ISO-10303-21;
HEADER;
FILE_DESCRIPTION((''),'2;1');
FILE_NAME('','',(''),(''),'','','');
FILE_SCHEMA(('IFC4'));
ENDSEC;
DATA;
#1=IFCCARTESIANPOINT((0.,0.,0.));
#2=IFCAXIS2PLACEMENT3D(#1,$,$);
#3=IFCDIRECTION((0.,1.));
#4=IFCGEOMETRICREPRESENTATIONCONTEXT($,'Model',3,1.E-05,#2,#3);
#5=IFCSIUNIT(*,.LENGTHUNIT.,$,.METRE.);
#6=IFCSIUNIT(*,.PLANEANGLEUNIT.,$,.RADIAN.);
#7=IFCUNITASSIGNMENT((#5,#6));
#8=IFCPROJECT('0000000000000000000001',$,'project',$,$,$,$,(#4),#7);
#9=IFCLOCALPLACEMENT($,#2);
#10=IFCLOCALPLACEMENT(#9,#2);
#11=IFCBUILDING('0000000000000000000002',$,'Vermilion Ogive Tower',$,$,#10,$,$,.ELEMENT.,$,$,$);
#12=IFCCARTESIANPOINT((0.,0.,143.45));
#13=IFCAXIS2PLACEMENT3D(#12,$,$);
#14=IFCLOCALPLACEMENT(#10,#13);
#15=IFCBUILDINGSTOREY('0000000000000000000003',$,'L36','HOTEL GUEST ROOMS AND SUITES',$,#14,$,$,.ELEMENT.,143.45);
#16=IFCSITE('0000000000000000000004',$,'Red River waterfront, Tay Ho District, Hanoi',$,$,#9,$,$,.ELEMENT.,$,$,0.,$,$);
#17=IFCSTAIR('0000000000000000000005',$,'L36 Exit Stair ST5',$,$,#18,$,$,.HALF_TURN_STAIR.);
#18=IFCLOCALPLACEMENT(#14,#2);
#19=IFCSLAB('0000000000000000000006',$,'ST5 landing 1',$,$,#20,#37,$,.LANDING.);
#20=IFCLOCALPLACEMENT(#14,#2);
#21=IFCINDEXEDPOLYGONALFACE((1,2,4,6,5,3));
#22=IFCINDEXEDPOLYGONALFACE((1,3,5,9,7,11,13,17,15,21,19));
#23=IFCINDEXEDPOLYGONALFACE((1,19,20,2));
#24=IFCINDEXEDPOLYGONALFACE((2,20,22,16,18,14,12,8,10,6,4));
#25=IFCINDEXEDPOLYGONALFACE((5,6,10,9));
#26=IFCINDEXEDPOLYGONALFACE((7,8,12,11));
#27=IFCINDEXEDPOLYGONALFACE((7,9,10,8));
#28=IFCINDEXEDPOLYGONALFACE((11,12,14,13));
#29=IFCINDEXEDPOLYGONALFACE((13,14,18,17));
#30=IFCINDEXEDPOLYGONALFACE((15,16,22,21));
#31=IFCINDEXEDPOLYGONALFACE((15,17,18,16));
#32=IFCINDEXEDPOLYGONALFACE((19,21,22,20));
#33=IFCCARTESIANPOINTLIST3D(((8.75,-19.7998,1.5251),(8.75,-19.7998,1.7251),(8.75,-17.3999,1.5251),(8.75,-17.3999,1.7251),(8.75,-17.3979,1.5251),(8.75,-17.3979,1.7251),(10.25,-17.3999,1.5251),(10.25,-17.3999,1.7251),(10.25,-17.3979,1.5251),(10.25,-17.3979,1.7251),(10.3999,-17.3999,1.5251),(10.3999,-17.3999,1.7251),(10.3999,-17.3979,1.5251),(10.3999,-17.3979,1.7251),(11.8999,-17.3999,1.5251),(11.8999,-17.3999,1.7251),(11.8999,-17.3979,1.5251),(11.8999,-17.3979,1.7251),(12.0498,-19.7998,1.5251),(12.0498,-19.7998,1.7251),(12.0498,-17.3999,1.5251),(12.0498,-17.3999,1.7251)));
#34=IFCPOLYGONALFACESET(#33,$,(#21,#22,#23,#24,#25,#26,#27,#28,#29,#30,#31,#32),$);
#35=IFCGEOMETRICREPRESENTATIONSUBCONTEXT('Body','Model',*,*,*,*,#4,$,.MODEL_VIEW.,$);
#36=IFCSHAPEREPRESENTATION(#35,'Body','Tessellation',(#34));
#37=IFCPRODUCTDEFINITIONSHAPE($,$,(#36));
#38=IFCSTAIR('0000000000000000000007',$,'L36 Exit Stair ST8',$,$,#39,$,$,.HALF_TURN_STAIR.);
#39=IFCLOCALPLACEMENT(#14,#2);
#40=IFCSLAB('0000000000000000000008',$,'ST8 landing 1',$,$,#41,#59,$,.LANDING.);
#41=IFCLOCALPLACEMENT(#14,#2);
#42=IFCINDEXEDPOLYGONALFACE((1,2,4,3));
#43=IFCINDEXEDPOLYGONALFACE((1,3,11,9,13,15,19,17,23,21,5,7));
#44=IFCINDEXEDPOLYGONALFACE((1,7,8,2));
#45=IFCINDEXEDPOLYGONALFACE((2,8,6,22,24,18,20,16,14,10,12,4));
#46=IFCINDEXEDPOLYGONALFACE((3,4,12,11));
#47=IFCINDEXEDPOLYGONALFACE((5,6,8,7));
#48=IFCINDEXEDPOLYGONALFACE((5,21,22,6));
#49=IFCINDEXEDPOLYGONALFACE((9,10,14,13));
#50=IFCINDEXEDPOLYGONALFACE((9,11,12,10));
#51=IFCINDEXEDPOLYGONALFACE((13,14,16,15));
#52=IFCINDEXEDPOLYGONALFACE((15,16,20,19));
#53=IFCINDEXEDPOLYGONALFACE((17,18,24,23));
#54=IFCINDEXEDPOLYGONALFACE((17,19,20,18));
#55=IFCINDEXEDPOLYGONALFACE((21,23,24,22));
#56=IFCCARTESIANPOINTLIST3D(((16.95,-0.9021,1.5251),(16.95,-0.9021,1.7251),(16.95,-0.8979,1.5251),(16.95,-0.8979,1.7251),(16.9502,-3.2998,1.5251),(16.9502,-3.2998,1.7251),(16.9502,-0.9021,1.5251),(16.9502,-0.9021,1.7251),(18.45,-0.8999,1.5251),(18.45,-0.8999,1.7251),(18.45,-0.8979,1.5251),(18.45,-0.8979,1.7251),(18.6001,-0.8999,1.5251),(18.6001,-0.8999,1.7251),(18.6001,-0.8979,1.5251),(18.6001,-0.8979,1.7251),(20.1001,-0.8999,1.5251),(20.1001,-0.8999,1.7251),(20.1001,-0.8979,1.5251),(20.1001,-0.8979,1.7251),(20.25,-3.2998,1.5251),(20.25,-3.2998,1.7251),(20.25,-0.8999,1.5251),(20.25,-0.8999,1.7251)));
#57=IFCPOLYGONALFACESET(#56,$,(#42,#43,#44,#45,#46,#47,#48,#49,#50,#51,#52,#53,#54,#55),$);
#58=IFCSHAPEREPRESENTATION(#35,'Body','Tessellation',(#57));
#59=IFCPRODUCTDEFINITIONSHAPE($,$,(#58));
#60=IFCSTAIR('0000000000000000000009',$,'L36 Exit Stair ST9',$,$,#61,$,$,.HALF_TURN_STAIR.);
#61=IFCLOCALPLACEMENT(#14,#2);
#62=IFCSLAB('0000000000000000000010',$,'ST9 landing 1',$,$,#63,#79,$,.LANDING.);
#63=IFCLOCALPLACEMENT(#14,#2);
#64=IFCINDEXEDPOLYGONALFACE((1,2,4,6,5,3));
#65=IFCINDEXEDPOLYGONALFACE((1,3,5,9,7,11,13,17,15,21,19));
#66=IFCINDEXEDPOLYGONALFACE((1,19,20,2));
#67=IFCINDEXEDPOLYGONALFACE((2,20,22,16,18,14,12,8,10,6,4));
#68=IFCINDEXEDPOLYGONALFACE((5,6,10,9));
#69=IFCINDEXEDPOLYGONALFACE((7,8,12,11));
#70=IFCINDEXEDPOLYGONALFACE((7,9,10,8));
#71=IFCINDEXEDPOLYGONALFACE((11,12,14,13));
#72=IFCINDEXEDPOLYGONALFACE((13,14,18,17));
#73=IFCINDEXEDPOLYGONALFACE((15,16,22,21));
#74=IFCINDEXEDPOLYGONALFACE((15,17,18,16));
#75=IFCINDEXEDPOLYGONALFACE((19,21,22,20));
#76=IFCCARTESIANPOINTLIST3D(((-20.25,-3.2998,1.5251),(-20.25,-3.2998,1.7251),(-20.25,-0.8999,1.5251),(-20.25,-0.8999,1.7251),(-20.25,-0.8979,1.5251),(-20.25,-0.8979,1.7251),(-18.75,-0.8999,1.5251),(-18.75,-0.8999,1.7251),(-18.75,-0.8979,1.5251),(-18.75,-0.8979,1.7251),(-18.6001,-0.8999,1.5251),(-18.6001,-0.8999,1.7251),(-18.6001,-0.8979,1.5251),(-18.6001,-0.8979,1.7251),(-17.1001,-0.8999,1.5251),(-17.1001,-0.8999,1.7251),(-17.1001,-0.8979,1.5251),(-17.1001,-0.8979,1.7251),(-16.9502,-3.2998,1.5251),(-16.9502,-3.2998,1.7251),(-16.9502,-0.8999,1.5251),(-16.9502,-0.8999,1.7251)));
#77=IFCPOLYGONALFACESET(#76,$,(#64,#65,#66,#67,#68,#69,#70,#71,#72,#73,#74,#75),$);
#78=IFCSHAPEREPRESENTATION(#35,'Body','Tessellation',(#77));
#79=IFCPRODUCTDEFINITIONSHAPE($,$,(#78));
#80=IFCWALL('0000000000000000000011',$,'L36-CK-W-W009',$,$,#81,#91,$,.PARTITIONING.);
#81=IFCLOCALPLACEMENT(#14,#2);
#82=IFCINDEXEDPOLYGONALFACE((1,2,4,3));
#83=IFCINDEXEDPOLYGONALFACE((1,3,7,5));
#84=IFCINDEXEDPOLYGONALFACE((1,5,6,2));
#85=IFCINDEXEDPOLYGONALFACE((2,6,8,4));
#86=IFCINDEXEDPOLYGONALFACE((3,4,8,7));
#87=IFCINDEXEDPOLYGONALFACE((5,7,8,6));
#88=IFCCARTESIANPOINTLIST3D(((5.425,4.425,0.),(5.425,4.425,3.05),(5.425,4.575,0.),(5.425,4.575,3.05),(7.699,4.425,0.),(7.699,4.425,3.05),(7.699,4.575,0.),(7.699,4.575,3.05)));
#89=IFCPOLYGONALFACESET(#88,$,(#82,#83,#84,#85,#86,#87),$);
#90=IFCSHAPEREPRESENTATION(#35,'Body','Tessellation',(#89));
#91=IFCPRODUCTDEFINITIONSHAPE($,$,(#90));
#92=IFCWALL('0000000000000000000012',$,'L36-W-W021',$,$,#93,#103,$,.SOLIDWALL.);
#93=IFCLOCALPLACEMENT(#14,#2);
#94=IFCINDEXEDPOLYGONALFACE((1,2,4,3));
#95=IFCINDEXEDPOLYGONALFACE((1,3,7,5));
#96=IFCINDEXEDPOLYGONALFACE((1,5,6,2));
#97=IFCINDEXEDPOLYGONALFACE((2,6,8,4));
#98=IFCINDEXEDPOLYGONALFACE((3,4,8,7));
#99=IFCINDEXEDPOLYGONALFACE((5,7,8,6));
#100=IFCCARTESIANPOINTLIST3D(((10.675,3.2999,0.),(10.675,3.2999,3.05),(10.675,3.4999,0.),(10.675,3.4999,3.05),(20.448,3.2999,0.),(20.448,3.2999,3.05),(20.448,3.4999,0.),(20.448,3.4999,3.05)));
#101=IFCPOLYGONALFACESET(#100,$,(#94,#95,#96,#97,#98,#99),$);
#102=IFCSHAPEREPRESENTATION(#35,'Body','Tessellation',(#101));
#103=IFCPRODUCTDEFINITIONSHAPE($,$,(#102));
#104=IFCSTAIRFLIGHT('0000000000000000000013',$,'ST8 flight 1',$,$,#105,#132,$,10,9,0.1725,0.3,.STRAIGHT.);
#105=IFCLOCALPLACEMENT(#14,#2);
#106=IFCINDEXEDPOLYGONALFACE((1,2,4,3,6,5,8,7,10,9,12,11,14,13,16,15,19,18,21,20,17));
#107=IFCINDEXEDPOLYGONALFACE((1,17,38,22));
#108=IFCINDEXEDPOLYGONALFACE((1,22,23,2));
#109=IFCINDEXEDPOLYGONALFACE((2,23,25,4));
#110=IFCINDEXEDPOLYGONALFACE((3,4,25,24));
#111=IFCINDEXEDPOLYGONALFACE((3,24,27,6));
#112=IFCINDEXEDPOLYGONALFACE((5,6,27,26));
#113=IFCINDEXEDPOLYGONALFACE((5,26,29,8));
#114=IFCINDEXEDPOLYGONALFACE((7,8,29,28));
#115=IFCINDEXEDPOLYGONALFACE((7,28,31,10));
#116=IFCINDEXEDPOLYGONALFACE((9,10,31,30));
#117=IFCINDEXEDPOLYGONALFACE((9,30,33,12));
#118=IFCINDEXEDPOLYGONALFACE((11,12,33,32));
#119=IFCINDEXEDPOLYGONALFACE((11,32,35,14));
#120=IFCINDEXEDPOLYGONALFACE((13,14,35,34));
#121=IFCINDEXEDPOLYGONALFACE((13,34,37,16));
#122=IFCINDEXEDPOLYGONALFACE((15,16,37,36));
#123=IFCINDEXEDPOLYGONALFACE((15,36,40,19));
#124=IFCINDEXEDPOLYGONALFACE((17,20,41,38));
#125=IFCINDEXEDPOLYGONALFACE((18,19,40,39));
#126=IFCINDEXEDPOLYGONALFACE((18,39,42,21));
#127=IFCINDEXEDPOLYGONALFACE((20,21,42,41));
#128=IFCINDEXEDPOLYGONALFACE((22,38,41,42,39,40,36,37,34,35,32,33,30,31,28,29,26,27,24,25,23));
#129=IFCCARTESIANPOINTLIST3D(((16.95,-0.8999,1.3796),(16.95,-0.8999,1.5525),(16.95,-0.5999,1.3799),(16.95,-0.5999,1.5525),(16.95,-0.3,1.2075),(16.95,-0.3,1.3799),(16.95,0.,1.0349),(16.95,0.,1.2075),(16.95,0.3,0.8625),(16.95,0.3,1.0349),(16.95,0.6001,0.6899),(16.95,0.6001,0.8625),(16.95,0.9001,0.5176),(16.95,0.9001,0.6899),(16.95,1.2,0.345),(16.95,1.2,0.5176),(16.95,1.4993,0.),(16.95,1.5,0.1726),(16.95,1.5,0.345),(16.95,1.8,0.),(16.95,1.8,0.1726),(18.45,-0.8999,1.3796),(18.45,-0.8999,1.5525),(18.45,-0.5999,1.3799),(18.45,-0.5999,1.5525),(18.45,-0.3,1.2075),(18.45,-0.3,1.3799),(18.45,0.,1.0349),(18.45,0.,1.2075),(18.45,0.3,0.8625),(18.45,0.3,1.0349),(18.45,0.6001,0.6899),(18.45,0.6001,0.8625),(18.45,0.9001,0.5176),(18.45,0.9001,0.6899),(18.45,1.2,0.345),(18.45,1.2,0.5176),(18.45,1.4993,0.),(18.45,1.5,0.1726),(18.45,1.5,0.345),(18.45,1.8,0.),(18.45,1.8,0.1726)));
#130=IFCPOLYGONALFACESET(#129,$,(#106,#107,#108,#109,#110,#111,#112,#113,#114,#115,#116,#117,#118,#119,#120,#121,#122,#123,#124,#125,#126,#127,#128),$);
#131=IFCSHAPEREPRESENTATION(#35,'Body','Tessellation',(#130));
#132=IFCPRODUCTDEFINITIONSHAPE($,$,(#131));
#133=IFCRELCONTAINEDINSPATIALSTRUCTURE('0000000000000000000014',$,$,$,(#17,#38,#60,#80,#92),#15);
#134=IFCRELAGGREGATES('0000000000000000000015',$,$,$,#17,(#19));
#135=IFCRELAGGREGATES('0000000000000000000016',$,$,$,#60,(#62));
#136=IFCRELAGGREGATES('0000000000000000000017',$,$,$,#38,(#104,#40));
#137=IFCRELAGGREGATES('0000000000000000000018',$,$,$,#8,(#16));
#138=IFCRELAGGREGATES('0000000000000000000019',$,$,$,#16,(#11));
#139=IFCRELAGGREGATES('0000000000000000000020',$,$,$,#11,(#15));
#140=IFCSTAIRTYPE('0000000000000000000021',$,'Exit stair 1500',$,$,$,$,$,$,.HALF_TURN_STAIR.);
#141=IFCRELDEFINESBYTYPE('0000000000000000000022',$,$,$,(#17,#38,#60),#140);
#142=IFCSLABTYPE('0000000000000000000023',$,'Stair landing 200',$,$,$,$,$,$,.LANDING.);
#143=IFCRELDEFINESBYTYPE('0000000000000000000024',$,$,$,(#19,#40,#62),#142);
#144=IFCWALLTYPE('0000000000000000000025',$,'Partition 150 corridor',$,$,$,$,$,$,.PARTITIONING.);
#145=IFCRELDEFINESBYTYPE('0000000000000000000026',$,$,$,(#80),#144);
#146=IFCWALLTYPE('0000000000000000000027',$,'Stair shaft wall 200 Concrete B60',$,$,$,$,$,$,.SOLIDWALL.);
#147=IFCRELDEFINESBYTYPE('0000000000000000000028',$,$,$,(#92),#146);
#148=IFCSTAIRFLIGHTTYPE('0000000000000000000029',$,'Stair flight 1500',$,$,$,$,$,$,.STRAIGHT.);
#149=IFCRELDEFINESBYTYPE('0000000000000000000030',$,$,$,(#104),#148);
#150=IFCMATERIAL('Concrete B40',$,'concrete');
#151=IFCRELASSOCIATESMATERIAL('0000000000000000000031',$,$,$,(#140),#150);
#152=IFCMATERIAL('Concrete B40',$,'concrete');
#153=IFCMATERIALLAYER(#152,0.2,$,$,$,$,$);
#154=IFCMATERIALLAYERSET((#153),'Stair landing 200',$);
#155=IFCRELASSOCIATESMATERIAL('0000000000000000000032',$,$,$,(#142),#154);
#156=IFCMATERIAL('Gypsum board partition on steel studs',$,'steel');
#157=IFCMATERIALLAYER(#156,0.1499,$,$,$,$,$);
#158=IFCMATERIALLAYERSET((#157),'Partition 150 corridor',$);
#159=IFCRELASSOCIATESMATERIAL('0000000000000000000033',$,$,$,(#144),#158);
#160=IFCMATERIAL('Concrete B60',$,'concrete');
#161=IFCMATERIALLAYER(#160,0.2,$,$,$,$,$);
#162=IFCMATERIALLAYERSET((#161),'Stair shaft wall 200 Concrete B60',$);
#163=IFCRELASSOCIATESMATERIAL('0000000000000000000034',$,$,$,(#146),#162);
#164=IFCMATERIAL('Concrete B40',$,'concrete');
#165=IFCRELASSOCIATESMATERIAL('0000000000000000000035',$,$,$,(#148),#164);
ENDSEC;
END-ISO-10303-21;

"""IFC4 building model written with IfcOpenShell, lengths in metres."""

from ifc_helpers import new_model, si_unit, direction, frame, frame_2d, origin, place, context, subcontext, project, spatial, polyline, rectangle, outline, extrude, material, layer, layer_set, type_object, element, aggregate, save


model = new_model("IFC4")

# Units and contexts
model_context = context("Model", 3, precision=1e-05, world=origin(), true_north=direction((0.0, 1.0)))
body_context = subcontext(model_context, "Body", "Model", "MODEL_VIEW")
ifc_project = project(units=[si_unit("LENGTHUNIT", "METRE"), si_unit("PLANEANGLEUNIT", "RADIAN")], contexts=[model_context])

# Site, building, storey
site_placement = place(None, origin())
site = spatial("IfcSite", under=ifc_project, at=site_placement, Name="Red River waterfront, Tay Ho District, Hanoi", CompositionType="ELEMENT", RefElevation=0.0)
building_placement = place(site_placement, origin())
building = spatial("IfcBuilding", under=site, at=building_placement, Name="Vermilion Ogive Tower", CompositionType="ELEMENT")
storey_placement = place(building_placement, frame((0.0, 0.0, 143.45)))
storey = spatial("IfcBuildingStorey", under=building, at=storey_placement, Name="L36", Description="HOTEL GUEST ROOMS AND SUITES", CompositionType="ELEMENT", Elevation=143.45)

# Stairs, slabs
ifc_material_1 = material(Name="Concrete B40", Category="concrete")
stair_type = type_object("IfcStairType", Name="Exit stair 1500", PredefinedType="HALF_TURN_STAIR", material=ifc_material_1)
stair_1_placement = place(storey_placement, origin())
stair_1 = element("IfcStair", 1, at=stair_1_placement, inside=storey, type_object=stair_type, Name="L36 Exit Stair ST5", PredefinedType="HALF_TURN_STAIR")
ifc_material_2 = material(Name="Concrete B40", Category="concrete")
ifc_layer_1 = layer(ifc_material_2, 0.2)
ifc_layer_set_1 = layer_set([ifc_layer_1], Name="Stair landing 200")
slab_type_1 = type_object("IfcSlabType", Name="Stair landing 200", PredefinedType="LANDING", material=ifc_layer_set_1)
slab_1_placement = place(storey_placement, frame((0.0, 0.0, 1.5251)))
slab_1 = element("IfcSlab", 2, at=slab_1_placement, type_object=slab_type_1, Name="ST5 landing 1", PredefinedType="LANDING", context=body_context, shape_type="SweptSolid", body=[
    extrude(outline(polyline([(12.0498, -17.3999), (11.8999, -17.3999), (11.8999, -17.3979), (10.3999, -17.3979), (10.3999, -17.3999), (10.25, -17.3999), (10.25, -17.3979), (8.75, -17.3979), (8.75, -17.3999), (8.75, -17.3999), (8.75, -19.7998), (12.0498, -19.7998), (12.0498, -17.3999)])), origin(), (0.0, 0.0, 1.0), 0.2),
])
aggregate(stair_1, [slab_1])
stair_2_placement = place(storey_placement, origin())
stair_2 = element("IfcStair", 3, at=stair_2_placement, inside=storey, type_object=stair_type, Name="L36 Exit Stair ST8", PredefinedType="HALF_TURN_STAIR")
slab_2_placement = place(storey_placement, frame((0.0, 0.0, 1.5251)))
slab_2 = element("IfcSlab", 4, at=slab_2_placement, type_object=slab_type_1, Name="ST8 landing 1", PredefinedType="LANDING", context=body_context, shape_type="SweptSolid", body=[
    extrude(outline(polyline([(20.25, -0.8999), (20.1001, -0.8999), (20.1001, -0.8979), (18.6001, -0.8979), (18.6001, -0.8999), (18.45, -0.8999), (18.45, -0.8979), (16.95, -0.8979), (16.95, -0.9021), (16.9502, -0.9021), (16.9502, -3.2998), (20.25, -3.2998), (20.25, -0.8999)])), origin(), (0.0, 0.0, 1.0), 0.2),
])
stair_3_placement = place(storey_placement, origin())
stair_3 = element("IfcStair", 5, at=stair_3_placement, inside=storey, type_object=stair_type, Name="L36 Exit Stair ST9", PredefinedType="HALF_TURN_STAIR")
slab_3_placement = place(storey_placement, frame((0.0, 0.0, 1.5251)))
slab_3 = element("IfcSlab", 6, at=slab_3_placement, type_object=slab_type_1, Name="ST9 landing 1", PredefinedType="LANDING", context=body_context, shape_type="SweptSolid", body=[
    extrude(outline(polyline([(-16.9502, -0.8999), (-17.1001, -0.8999), (-17.1001, -0.8979), (-18.6001, -0.8979), (-18.6001, -0.8999), (-18.75, -0.8999), (-18.75, -0.8979), (-20.25, -0.8979), (-20.25, -0.8999), (-20.25, -0.8999), (-20.25, -3.2998), (-16.9502, -3.2998), (-16.9502, -0.8999)])), origin(), (0.0, 0.0, 1.0), 0.2),
])
aggregate(stair_3, [slab_3])

# Walls
ifc_material_3 = material(Name="Gypsum board partition on steel studs", Category="steel")
ifc_layer_2 = layer(ifc_material_3, 0.1499)
ifc_layer_set_2 = layer_set([ifc_layer_2], Name="Partition 150 corridor")
wall_type_1 = type_object("IfcWallType", Name="Partition 150 corridor", PredefinedType="PARTITIONING", material=ifc_layer_set_2)
wall_1_placement = place(storey_placement, frame((5.425, 4.5, 0.0), z_axis=(0.0, 0.0, 1.0), x_axis=(1.0, 0.0, 0.0)))
element("IfcWall", 7, at=wall_1_placement, inside=storey, type_object=wall_type_1, Name="L36-CK-W-W009", PredefinedType="PARTITIONING", context=body_context, shape_type="SweptSolid", body=[
    extrude(rectangle(XDim=2.2739, YDim=0.1499, at=frame_2d((1.137, 0.0))), origin(), (0.0, 0.0, 1.0), 3.05),
])
ifc_material_4 = material(Name="Concrete B60", Category="concrete")
ifc_layer_3 = layer(ifc_material_4, 0.2)
ifc_layer_set_3 = layer_set([ifc_layer_3], Name="Stair shaft wall 200 Concrete B60")
wall_type_2 = type_object("IfcWallType", Name="Stair shaft wall 200 Concrete B60", PredefinedType="SOLIDWALL", material=ifc_layer_set_3)
wall_2_placement = place(storey_placement, frame((10.675, 3.3999, 0.0), z_axis=(0.0, 0.0, 1.0), x_axis=(1.0, 0.0, 0.0)))
element("IfcWall", 8, at=wall_2_placement, inside=storey, type_object=wall_type_2, Name="L36-W-W021", PredefinedType="SOLIDWALL", context=body_context, shape_type="SweptSolid", body=[
    extrude(rectangle(XDim=9.7729, YDim=0.2, at=frame_2d((4.8865, 0.0))), origin(), (0.0, 0.0, 1.0), 3.05),
])

# Stair flight
ifc_material_5 = material(Name="Concrete B40", Category="concrete")
stair_flight_type = type_object("IfcStairFlightType", Name="Stair flight 1500", PredefinedType="STRAIGHT", material=ifc_material_5)
stair_flight_placement = place(storey_placement, frame((17.7, 1.8, 0.0), z_axis=(0.0, 0.0, 1.0), x_axis=(0.0, -1.0, 0.0)))
stair_flight = element("IfcStairFlight", 9, at=stair_flight_placement, type_object=stair_flight_type, Name="ST8 flight 1", NumberOfRisers=10, NumberOfTreads=9, PredefinedType="STRAIGHT", RiserHeight=0.1725, TreadLength=0.3, context=body_context, shape_type="SweptSolid", body=[
    extrude(outline(polyline([(0.0, 0.0), (0.0, 0.1726), (0.3, 0.1726), (0.3, 0.345), (0.6001, 0.345), (0.6001, 0.5176), (0.8999, 0.5176), (0.8999, 0.6899), (1.2, 0.6899), (1.2, 0.8625), (1.5, 0.8625), (1.5, 1.0349), (1.8, 1.0349), (1.8, 1.2075), (2.1001, 1.2075), (2.1001, 1.3799), (2.3999, 1.3799), (2.3999, 1.5525), (2.7, 1.5525), (2.7, 1.7251), (2.7, 1.3796), (0.3008, 0.0), (0.0, 0.0)])), frame((0.0, 0.75, 0.0), z_axis=(0.0, -1.0, 0.0), x_axis=(1.0, 0.0, 0.0)), (0.0, 0.0, 1.0), 1.5),
])
aggregate(stair_2, [stair_flight, slab_2])

save(model, "model.ifc")
